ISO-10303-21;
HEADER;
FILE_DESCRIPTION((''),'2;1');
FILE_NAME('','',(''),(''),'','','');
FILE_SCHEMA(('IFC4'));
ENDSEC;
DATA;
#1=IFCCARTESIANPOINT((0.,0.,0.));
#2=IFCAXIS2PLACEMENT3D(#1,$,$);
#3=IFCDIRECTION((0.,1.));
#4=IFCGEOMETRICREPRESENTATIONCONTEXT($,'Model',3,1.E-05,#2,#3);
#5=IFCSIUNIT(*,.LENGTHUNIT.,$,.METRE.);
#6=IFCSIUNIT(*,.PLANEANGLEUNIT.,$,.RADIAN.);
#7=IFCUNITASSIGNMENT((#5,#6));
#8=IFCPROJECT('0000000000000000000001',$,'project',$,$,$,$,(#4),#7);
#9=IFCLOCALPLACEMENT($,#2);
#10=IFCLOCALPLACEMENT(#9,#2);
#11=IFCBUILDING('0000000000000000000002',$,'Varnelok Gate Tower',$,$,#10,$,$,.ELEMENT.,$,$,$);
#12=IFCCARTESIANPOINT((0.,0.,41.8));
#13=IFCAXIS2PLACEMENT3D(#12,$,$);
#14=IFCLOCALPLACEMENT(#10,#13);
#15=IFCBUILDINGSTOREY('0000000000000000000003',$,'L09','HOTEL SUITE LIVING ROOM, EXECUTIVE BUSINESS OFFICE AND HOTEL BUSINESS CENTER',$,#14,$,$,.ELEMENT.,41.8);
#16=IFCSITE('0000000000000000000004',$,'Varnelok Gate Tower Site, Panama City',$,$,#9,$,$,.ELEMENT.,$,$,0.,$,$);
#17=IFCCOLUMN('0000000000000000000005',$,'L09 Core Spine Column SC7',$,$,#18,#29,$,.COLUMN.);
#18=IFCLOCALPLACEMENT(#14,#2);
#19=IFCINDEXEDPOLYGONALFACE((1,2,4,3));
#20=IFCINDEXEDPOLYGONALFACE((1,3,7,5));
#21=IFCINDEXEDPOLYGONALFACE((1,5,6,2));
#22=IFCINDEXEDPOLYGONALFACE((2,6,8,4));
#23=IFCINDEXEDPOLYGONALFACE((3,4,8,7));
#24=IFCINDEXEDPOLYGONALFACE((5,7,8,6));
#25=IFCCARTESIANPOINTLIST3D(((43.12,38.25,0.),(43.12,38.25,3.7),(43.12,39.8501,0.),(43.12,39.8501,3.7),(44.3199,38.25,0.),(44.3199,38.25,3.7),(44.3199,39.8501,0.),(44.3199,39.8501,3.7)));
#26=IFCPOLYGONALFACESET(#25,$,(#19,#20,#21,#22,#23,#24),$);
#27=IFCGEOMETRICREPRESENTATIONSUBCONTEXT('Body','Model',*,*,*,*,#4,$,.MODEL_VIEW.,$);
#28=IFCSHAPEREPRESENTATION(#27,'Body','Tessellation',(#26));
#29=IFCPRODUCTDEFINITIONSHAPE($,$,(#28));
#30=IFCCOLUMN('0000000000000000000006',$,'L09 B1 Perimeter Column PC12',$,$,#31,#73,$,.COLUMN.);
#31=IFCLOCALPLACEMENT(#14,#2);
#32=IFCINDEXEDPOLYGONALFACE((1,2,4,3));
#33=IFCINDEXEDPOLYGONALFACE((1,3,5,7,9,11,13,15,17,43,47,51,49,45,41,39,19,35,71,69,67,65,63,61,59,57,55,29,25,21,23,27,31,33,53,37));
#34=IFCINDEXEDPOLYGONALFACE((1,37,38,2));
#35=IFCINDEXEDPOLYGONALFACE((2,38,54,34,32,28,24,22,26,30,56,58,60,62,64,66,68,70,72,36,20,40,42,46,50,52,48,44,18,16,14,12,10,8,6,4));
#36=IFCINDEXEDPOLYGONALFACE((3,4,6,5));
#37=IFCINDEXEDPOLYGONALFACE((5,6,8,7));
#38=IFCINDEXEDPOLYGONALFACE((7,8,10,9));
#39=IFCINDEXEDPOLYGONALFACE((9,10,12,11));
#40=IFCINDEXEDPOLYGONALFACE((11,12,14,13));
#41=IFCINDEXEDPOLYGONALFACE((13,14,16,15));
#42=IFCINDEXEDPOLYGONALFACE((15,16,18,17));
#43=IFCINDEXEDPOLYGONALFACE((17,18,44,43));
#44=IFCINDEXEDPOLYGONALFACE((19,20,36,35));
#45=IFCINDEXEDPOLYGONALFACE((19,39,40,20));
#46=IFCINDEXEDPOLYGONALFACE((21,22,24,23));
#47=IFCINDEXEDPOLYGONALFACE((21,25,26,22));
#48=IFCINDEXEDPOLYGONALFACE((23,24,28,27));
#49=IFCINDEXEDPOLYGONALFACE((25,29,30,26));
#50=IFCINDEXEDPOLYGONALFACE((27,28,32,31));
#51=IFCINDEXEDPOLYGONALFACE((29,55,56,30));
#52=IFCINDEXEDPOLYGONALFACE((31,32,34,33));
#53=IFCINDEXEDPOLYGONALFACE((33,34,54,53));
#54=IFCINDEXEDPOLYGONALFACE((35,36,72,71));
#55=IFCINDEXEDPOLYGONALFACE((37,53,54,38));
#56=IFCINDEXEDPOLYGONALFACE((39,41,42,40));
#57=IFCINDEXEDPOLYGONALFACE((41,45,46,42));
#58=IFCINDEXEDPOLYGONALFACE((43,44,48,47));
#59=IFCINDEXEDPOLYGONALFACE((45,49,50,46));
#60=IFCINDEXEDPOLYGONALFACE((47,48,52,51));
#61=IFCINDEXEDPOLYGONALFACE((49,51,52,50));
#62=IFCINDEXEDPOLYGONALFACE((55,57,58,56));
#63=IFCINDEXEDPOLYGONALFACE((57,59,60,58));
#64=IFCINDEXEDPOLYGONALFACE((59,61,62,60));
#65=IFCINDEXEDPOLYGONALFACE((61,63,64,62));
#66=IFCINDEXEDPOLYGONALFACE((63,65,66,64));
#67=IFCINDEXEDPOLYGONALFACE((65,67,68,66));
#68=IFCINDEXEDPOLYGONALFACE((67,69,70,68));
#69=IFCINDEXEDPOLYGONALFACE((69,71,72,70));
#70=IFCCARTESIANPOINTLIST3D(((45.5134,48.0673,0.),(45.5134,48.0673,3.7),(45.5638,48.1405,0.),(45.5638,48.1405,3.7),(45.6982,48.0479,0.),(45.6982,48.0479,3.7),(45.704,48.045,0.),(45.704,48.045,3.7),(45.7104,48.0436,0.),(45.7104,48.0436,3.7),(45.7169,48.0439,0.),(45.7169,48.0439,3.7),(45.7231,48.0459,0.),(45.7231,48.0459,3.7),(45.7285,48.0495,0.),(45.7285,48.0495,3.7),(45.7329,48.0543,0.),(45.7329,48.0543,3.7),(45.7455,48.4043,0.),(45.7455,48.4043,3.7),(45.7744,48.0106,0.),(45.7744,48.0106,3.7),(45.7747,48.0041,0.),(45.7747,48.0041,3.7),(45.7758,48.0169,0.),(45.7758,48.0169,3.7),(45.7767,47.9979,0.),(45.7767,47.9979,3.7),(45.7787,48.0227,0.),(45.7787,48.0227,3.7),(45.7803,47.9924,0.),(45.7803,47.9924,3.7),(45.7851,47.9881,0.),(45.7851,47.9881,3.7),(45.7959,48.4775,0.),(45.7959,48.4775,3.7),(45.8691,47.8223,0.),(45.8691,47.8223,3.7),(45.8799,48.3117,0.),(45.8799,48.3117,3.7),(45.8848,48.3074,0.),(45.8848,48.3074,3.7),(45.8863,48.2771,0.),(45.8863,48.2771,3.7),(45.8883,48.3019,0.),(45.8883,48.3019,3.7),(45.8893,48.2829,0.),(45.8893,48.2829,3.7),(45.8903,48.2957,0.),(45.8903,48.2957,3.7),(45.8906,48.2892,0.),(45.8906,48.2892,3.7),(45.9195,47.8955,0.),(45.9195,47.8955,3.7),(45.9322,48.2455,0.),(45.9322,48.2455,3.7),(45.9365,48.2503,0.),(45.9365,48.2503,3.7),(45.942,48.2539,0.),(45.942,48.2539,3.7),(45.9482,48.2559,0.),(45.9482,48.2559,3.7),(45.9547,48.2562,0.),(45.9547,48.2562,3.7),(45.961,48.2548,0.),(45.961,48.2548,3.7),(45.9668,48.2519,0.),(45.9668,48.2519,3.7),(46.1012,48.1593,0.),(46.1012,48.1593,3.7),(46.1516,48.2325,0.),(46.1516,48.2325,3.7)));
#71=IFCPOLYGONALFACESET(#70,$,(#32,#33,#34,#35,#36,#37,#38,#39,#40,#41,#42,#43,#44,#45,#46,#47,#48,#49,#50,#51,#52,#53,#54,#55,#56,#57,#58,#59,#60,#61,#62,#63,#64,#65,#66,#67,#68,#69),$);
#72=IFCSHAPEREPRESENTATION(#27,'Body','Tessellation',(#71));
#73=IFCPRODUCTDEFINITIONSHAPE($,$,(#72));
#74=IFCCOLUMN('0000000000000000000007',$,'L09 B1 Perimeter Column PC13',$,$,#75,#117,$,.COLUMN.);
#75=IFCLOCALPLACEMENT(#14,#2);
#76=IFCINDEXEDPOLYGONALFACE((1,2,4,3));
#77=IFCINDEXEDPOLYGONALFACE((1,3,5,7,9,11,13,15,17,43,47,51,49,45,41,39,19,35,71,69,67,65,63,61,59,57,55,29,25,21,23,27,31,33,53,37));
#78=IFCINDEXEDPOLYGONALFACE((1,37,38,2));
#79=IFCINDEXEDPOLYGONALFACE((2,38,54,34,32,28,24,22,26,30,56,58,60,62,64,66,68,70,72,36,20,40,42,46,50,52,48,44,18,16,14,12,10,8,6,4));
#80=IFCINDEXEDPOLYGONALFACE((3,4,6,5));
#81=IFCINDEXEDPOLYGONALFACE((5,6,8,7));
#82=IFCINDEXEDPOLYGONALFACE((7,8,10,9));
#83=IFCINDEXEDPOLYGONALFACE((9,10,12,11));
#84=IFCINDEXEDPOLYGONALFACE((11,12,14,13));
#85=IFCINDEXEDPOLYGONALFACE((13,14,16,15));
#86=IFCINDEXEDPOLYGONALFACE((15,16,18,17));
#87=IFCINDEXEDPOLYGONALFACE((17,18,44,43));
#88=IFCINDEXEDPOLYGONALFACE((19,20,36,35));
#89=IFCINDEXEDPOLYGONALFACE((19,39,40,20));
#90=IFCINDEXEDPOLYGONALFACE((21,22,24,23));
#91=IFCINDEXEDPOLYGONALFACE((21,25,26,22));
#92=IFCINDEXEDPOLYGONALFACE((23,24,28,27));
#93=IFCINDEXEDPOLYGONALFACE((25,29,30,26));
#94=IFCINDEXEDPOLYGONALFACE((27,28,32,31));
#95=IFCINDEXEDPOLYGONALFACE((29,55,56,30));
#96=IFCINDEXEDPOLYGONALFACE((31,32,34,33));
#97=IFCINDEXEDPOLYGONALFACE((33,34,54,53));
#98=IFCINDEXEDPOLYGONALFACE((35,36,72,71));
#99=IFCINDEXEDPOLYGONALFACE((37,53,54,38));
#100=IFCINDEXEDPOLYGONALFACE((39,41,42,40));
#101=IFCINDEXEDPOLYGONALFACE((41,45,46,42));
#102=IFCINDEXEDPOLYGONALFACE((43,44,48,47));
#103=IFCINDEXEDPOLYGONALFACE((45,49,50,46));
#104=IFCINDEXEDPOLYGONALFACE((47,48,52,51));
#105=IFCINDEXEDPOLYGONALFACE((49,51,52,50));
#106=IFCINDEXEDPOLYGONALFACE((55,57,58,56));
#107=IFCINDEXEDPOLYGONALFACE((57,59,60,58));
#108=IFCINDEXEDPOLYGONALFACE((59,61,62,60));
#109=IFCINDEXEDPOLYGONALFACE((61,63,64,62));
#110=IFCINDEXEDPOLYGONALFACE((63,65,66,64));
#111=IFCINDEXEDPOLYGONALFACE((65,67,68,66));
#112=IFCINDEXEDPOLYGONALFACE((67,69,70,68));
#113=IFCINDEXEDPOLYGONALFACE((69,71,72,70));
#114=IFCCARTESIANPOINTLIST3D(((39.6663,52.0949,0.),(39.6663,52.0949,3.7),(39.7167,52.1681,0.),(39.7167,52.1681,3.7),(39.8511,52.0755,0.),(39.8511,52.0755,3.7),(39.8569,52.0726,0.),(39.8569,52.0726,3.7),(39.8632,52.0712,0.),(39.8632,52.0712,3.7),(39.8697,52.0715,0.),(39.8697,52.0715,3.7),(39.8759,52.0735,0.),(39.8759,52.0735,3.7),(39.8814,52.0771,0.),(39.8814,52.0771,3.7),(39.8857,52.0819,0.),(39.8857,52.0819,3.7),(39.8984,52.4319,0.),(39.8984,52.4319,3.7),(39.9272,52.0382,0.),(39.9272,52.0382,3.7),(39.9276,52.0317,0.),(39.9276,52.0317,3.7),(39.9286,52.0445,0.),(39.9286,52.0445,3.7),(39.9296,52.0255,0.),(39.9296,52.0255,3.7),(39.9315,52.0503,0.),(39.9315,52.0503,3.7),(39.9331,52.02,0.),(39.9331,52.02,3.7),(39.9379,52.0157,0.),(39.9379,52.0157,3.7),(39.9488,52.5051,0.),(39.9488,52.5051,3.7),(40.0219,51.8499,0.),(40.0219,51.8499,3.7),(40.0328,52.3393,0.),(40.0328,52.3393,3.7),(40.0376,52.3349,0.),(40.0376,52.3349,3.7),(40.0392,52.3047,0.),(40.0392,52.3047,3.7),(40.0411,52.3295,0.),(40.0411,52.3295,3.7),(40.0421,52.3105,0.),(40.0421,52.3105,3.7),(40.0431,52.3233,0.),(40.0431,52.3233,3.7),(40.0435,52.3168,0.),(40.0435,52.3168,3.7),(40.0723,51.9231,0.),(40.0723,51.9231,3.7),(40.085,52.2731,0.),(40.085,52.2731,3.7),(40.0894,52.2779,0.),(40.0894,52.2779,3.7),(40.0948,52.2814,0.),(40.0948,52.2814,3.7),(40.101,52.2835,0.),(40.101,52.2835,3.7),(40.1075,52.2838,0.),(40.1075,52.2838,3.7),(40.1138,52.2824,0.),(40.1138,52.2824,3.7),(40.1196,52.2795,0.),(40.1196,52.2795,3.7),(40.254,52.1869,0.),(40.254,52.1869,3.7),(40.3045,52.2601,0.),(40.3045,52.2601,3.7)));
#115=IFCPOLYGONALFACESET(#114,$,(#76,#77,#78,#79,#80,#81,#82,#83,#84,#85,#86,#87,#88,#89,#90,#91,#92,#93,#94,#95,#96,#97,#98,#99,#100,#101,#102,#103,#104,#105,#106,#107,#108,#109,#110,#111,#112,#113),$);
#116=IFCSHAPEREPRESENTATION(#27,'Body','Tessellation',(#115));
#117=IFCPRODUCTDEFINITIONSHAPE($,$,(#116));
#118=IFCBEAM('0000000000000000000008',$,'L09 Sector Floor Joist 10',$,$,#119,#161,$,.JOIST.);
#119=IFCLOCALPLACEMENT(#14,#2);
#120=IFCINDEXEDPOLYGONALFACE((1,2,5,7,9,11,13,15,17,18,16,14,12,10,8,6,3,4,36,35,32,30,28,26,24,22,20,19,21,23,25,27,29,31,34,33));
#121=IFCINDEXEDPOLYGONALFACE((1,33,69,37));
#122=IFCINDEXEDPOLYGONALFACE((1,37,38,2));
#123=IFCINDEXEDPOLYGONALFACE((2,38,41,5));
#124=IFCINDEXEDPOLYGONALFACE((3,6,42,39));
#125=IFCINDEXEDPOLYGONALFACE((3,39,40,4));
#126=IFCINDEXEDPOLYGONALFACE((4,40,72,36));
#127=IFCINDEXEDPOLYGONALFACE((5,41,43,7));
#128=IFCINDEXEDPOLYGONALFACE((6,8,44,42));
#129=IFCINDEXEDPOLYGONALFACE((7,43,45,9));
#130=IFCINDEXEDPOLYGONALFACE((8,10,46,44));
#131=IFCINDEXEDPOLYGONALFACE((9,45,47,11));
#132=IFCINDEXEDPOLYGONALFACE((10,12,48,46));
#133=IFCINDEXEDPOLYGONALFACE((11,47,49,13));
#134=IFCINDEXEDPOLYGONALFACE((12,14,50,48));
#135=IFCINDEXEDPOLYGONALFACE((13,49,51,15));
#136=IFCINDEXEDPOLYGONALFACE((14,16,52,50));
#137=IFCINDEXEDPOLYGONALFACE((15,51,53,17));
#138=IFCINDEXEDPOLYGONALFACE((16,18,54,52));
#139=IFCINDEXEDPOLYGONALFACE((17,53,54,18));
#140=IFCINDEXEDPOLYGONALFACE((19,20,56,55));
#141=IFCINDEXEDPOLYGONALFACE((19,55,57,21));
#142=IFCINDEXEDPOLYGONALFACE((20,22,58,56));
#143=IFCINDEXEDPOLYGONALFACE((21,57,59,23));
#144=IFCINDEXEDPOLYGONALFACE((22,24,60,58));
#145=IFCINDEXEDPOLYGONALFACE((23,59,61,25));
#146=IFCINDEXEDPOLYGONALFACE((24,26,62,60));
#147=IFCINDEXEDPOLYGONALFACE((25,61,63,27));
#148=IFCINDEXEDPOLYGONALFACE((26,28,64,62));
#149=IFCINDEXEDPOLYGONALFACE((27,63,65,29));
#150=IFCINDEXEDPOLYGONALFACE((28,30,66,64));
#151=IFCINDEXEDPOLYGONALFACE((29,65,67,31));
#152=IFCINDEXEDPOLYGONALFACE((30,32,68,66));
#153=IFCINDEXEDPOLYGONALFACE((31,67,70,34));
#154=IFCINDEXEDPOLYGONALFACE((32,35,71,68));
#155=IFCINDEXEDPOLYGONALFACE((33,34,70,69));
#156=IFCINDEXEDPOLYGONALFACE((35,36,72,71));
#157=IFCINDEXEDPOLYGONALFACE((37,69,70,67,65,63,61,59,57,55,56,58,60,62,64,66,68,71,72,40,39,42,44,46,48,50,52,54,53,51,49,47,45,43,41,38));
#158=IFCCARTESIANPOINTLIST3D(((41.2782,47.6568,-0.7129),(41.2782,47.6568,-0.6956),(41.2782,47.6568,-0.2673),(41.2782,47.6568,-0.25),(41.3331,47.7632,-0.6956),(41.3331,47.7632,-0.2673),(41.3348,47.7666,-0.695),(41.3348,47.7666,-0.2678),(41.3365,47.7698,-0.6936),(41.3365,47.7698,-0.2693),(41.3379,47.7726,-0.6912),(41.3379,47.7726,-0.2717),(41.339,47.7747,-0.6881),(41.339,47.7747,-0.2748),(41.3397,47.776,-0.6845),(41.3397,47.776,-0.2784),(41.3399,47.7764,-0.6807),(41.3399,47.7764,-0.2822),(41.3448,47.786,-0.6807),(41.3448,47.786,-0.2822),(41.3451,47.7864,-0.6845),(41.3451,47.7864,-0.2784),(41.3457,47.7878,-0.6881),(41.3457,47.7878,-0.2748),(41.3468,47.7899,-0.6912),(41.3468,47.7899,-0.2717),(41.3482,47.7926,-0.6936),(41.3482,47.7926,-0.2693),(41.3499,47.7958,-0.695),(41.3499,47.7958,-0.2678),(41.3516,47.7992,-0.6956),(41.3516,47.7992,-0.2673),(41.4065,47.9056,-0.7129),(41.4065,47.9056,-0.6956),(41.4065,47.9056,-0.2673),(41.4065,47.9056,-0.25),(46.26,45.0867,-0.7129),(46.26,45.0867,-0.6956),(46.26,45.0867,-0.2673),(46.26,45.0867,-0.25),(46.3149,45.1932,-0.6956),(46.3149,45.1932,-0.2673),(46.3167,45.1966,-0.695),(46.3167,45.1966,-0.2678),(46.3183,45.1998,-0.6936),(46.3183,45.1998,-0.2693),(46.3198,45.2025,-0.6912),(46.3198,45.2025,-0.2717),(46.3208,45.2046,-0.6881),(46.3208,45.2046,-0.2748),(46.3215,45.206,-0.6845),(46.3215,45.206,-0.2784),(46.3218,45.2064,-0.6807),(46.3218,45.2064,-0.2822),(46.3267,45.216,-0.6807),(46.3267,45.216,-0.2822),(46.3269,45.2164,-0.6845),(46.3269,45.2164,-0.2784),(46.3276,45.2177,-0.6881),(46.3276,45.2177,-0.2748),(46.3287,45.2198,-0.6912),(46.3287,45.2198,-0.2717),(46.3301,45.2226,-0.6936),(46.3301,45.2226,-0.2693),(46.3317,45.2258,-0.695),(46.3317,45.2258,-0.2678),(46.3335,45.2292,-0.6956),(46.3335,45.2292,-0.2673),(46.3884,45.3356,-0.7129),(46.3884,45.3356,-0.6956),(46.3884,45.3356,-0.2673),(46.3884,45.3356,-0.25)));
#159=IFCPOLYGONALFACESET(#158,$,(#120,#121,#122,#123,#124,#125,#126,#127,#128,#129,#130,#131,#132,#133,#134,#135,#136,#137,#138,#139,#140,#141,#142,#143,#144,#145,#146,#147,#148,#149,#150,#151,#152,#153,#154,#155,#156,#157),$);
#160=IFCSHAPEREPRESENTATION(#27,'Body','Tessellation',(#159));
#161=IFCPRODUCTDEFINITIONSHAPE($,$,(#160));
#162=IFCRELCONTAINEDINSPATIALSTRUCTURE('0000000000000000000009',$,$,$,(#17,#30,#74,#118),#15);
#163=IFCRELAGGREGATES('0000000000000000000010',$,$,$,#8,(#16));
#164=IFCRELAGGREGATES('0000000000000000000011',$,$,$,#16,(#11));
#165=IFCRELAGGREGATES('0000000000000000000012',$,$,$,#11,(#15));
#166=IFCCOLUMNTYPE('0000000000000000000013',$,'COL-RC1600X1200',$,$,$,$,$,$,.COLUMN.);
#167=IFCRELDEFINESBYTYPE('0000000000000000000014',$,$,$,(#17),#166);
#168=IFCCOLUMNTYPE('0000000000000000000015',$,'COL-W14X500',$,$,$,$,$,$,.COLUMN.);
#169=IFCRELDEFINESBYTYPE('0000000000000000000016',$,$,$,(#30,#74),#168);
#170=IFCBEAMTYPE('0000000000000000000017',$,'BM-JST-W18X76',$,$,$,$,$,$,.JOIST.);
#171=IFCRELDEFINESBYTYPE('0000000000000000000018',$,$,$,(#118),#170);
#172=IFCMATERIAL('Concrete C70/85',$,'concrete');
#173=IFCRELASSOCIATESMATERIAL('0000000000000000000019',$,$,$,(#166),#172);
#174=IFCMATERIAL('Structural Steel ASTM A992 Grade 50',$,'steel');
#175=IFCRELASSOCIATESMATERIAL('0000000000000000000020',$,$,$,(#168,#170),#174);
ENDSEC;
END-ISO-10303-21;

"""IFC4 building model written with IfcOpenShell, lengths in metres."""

from ifc_helpers import new_model, si_unit, direction, frame, origin, origin_2d, place, context, subcontext, project, spatial, rectangle, i_section, extrude, material, material_profile, profile_set, type_object, element, save


model = new_model("IFC4")

# Units and contexts
model_context = context("Model", 3, precision=1e-05, world=origin(), true_north=direction((0.0, 1.0)))
body_context = subcontext(model_context, "Body", "Model", "MODEL_VIEW")
ifc_project = project(units=[si_unit("LENGTHUNIT", "METRE"), si_unit("PLANEANGLEUNIT", "RADIAN")], contexts=[model_context])

# Site, building, storey
site_placement = place(None, origin())
site = spatial("IfcSite", under=ifc_project, at=site_placement, Name="Varnelok Gate Tower Site, Panama City", CompositionType="ELEMENT", RefElevation=0.0)
building_placement = place(site_placement, origin())
building = spatial("IfcBuilding", under=site, at=building_placement, Name="Varnelok Gate Tower", CompositionType="ELEMENT")
storey_placement = place(building_placement, frame((0.0, 0.0, 41.8)))
storey = spatial("IfcBuildingStorey", under=building, at=storey_placement, Name="L09", Description="HOTEL SUITE LIVING ROOM, EXECUTIVE BUSINESS OFFICE AND HOTEL BUSINESS CENTER", CompositionType="ELEMENT", Elevation=41.8)

# Columns
ifc_material_1 = material(Name="Concrete C70/85", Category="concrete")
ifc_material_profile_1 = material_profile(ifc_material_1, rectangle(XDim=1.2, YDim=1.6001, at=origin_2d()), Name="RC1600X1200")
ifc_profile_set_1 = profile_set([ifc_material_profile_1], Name="Concrete C70/85")
column_type_1 = type_object("IfcColumnType", Name="COL-RC1600X1200", PredefinedType="COLUMN", material=ifc_profile_set_1)
column_placement = place(storey_placement, frame((43.72, 39.05, 0.0), z_axis=(0.0, 0.0, 1.0), x_axis=(1.0, 0.0, 0.0)))
element("IfcColumn", 1, at=column_placement, inside=storey, type_object=column_type_1, Name="L09 Core Spine Column SC7", PredefinedType="COLUMN", context=body_context, shape_type="SweptSolid", body=[
    extrude(rectangle(XDim=1.2, YDim=1.6001, at=origin_2d()), origin(), (0.0, 0.0, 1.0), 3.7),
])
ifc_material_2 = material(Name="Structural Steel ASTM A992 Grade 50", Category="steel")
ifc_material_profile_2 = material_profile(ifc_material_2, i_section(OverallWidth=0.4319, OverallDepth=0.498, WebThickness=0.0557, FlangeThickness=0.0889, FilletRadius=0.0249, at=origin_2d()), Name="W14X500")
ifc_profile_set_2 = profile_set([ifc_material_profile_2], Name="Structural Steel ASTM A992 Grade 50")
column_type_2 = type_object("IfcColumnType", Name="COL-W14X500", PredefinedType="COLUMN", material=ifc_profile_set_2)
for number, where, z_axis, x_axis, name in (
    (2, (45.8325, 48.1499, 0.0), (0.0, 0.0, 1.0), (0.823533, -0.567269, 0.0), "L09 B1 Perimeter Column PC12"),
    (3, (39.9854, 52.1775, 0.0), (0.0, 0.0, 1.0), (0.823533, -0.567269, 0.0), "L09 B1 Perimeter Column PC13"),
):
    element("IfcColumn", number, at=place(storey_placement, frame(where, z_axis=z_axis, x_axis=x_axis)), inside=storey, type_object=column_type_2, Name=name, PredefinedType="COLUMN", context=body_context, shape_type="SweptSolid", body=[
        extrude(i_section(OverallWidth=0.4319, OverallDepth=0.498, WebThickness=0.0557, FlangeThickness=0.0889, FilletRadius=0.0249, at=origin_2d()), origin(), (0.0, 0.0, 1.0), 3.7),
    ])

# Beam
ifc_material_profile_3 = material_profile(ifc_material_2, i_section(OverallWidth=0.28, OverallDepth=0.4629, WebThickness=0.0107, FlangeThickness=0.0173, FilletRadius=0.0149, at=origin_2d()), Name="W18X76")
ifc_profile_set_3 = profile_set([ifc_material_profile_3], Name="Structural Steel ASTM A992 Grade 50")
beam_type_1 = type_object("IfcBeamType", Name="BM-JST-W18X76", PredefinedType="JOIST", material=ifc_profile_set_3)
beam_1_placement = place(storey_placement, frame((46.3242, 45.2112, -0.4814), z_axis=(-0.888712, 0.458467, 0.0), x_axis=(-0.458467, -0.888712, 0.0)))
element("IfcBeam", 4, at=beam_1_placement, inside=storey, type_object=beam_type_1, Name="L09 Sector Floor Joist 10", PredefinedType="JOIST", context=body_context, shape_type="SweptSolid", body=[
    extrude(i_section(OverallWidth=0.28, OverallDepth=0.4629, WebThickness=0.0107, FlangeThickness=0.0173, FilletRadius=0.0149, at=origin_2d()), origin(), (0.0, 0.0, 1.0), 5.6057),
])

save(model, "model.ifc")
